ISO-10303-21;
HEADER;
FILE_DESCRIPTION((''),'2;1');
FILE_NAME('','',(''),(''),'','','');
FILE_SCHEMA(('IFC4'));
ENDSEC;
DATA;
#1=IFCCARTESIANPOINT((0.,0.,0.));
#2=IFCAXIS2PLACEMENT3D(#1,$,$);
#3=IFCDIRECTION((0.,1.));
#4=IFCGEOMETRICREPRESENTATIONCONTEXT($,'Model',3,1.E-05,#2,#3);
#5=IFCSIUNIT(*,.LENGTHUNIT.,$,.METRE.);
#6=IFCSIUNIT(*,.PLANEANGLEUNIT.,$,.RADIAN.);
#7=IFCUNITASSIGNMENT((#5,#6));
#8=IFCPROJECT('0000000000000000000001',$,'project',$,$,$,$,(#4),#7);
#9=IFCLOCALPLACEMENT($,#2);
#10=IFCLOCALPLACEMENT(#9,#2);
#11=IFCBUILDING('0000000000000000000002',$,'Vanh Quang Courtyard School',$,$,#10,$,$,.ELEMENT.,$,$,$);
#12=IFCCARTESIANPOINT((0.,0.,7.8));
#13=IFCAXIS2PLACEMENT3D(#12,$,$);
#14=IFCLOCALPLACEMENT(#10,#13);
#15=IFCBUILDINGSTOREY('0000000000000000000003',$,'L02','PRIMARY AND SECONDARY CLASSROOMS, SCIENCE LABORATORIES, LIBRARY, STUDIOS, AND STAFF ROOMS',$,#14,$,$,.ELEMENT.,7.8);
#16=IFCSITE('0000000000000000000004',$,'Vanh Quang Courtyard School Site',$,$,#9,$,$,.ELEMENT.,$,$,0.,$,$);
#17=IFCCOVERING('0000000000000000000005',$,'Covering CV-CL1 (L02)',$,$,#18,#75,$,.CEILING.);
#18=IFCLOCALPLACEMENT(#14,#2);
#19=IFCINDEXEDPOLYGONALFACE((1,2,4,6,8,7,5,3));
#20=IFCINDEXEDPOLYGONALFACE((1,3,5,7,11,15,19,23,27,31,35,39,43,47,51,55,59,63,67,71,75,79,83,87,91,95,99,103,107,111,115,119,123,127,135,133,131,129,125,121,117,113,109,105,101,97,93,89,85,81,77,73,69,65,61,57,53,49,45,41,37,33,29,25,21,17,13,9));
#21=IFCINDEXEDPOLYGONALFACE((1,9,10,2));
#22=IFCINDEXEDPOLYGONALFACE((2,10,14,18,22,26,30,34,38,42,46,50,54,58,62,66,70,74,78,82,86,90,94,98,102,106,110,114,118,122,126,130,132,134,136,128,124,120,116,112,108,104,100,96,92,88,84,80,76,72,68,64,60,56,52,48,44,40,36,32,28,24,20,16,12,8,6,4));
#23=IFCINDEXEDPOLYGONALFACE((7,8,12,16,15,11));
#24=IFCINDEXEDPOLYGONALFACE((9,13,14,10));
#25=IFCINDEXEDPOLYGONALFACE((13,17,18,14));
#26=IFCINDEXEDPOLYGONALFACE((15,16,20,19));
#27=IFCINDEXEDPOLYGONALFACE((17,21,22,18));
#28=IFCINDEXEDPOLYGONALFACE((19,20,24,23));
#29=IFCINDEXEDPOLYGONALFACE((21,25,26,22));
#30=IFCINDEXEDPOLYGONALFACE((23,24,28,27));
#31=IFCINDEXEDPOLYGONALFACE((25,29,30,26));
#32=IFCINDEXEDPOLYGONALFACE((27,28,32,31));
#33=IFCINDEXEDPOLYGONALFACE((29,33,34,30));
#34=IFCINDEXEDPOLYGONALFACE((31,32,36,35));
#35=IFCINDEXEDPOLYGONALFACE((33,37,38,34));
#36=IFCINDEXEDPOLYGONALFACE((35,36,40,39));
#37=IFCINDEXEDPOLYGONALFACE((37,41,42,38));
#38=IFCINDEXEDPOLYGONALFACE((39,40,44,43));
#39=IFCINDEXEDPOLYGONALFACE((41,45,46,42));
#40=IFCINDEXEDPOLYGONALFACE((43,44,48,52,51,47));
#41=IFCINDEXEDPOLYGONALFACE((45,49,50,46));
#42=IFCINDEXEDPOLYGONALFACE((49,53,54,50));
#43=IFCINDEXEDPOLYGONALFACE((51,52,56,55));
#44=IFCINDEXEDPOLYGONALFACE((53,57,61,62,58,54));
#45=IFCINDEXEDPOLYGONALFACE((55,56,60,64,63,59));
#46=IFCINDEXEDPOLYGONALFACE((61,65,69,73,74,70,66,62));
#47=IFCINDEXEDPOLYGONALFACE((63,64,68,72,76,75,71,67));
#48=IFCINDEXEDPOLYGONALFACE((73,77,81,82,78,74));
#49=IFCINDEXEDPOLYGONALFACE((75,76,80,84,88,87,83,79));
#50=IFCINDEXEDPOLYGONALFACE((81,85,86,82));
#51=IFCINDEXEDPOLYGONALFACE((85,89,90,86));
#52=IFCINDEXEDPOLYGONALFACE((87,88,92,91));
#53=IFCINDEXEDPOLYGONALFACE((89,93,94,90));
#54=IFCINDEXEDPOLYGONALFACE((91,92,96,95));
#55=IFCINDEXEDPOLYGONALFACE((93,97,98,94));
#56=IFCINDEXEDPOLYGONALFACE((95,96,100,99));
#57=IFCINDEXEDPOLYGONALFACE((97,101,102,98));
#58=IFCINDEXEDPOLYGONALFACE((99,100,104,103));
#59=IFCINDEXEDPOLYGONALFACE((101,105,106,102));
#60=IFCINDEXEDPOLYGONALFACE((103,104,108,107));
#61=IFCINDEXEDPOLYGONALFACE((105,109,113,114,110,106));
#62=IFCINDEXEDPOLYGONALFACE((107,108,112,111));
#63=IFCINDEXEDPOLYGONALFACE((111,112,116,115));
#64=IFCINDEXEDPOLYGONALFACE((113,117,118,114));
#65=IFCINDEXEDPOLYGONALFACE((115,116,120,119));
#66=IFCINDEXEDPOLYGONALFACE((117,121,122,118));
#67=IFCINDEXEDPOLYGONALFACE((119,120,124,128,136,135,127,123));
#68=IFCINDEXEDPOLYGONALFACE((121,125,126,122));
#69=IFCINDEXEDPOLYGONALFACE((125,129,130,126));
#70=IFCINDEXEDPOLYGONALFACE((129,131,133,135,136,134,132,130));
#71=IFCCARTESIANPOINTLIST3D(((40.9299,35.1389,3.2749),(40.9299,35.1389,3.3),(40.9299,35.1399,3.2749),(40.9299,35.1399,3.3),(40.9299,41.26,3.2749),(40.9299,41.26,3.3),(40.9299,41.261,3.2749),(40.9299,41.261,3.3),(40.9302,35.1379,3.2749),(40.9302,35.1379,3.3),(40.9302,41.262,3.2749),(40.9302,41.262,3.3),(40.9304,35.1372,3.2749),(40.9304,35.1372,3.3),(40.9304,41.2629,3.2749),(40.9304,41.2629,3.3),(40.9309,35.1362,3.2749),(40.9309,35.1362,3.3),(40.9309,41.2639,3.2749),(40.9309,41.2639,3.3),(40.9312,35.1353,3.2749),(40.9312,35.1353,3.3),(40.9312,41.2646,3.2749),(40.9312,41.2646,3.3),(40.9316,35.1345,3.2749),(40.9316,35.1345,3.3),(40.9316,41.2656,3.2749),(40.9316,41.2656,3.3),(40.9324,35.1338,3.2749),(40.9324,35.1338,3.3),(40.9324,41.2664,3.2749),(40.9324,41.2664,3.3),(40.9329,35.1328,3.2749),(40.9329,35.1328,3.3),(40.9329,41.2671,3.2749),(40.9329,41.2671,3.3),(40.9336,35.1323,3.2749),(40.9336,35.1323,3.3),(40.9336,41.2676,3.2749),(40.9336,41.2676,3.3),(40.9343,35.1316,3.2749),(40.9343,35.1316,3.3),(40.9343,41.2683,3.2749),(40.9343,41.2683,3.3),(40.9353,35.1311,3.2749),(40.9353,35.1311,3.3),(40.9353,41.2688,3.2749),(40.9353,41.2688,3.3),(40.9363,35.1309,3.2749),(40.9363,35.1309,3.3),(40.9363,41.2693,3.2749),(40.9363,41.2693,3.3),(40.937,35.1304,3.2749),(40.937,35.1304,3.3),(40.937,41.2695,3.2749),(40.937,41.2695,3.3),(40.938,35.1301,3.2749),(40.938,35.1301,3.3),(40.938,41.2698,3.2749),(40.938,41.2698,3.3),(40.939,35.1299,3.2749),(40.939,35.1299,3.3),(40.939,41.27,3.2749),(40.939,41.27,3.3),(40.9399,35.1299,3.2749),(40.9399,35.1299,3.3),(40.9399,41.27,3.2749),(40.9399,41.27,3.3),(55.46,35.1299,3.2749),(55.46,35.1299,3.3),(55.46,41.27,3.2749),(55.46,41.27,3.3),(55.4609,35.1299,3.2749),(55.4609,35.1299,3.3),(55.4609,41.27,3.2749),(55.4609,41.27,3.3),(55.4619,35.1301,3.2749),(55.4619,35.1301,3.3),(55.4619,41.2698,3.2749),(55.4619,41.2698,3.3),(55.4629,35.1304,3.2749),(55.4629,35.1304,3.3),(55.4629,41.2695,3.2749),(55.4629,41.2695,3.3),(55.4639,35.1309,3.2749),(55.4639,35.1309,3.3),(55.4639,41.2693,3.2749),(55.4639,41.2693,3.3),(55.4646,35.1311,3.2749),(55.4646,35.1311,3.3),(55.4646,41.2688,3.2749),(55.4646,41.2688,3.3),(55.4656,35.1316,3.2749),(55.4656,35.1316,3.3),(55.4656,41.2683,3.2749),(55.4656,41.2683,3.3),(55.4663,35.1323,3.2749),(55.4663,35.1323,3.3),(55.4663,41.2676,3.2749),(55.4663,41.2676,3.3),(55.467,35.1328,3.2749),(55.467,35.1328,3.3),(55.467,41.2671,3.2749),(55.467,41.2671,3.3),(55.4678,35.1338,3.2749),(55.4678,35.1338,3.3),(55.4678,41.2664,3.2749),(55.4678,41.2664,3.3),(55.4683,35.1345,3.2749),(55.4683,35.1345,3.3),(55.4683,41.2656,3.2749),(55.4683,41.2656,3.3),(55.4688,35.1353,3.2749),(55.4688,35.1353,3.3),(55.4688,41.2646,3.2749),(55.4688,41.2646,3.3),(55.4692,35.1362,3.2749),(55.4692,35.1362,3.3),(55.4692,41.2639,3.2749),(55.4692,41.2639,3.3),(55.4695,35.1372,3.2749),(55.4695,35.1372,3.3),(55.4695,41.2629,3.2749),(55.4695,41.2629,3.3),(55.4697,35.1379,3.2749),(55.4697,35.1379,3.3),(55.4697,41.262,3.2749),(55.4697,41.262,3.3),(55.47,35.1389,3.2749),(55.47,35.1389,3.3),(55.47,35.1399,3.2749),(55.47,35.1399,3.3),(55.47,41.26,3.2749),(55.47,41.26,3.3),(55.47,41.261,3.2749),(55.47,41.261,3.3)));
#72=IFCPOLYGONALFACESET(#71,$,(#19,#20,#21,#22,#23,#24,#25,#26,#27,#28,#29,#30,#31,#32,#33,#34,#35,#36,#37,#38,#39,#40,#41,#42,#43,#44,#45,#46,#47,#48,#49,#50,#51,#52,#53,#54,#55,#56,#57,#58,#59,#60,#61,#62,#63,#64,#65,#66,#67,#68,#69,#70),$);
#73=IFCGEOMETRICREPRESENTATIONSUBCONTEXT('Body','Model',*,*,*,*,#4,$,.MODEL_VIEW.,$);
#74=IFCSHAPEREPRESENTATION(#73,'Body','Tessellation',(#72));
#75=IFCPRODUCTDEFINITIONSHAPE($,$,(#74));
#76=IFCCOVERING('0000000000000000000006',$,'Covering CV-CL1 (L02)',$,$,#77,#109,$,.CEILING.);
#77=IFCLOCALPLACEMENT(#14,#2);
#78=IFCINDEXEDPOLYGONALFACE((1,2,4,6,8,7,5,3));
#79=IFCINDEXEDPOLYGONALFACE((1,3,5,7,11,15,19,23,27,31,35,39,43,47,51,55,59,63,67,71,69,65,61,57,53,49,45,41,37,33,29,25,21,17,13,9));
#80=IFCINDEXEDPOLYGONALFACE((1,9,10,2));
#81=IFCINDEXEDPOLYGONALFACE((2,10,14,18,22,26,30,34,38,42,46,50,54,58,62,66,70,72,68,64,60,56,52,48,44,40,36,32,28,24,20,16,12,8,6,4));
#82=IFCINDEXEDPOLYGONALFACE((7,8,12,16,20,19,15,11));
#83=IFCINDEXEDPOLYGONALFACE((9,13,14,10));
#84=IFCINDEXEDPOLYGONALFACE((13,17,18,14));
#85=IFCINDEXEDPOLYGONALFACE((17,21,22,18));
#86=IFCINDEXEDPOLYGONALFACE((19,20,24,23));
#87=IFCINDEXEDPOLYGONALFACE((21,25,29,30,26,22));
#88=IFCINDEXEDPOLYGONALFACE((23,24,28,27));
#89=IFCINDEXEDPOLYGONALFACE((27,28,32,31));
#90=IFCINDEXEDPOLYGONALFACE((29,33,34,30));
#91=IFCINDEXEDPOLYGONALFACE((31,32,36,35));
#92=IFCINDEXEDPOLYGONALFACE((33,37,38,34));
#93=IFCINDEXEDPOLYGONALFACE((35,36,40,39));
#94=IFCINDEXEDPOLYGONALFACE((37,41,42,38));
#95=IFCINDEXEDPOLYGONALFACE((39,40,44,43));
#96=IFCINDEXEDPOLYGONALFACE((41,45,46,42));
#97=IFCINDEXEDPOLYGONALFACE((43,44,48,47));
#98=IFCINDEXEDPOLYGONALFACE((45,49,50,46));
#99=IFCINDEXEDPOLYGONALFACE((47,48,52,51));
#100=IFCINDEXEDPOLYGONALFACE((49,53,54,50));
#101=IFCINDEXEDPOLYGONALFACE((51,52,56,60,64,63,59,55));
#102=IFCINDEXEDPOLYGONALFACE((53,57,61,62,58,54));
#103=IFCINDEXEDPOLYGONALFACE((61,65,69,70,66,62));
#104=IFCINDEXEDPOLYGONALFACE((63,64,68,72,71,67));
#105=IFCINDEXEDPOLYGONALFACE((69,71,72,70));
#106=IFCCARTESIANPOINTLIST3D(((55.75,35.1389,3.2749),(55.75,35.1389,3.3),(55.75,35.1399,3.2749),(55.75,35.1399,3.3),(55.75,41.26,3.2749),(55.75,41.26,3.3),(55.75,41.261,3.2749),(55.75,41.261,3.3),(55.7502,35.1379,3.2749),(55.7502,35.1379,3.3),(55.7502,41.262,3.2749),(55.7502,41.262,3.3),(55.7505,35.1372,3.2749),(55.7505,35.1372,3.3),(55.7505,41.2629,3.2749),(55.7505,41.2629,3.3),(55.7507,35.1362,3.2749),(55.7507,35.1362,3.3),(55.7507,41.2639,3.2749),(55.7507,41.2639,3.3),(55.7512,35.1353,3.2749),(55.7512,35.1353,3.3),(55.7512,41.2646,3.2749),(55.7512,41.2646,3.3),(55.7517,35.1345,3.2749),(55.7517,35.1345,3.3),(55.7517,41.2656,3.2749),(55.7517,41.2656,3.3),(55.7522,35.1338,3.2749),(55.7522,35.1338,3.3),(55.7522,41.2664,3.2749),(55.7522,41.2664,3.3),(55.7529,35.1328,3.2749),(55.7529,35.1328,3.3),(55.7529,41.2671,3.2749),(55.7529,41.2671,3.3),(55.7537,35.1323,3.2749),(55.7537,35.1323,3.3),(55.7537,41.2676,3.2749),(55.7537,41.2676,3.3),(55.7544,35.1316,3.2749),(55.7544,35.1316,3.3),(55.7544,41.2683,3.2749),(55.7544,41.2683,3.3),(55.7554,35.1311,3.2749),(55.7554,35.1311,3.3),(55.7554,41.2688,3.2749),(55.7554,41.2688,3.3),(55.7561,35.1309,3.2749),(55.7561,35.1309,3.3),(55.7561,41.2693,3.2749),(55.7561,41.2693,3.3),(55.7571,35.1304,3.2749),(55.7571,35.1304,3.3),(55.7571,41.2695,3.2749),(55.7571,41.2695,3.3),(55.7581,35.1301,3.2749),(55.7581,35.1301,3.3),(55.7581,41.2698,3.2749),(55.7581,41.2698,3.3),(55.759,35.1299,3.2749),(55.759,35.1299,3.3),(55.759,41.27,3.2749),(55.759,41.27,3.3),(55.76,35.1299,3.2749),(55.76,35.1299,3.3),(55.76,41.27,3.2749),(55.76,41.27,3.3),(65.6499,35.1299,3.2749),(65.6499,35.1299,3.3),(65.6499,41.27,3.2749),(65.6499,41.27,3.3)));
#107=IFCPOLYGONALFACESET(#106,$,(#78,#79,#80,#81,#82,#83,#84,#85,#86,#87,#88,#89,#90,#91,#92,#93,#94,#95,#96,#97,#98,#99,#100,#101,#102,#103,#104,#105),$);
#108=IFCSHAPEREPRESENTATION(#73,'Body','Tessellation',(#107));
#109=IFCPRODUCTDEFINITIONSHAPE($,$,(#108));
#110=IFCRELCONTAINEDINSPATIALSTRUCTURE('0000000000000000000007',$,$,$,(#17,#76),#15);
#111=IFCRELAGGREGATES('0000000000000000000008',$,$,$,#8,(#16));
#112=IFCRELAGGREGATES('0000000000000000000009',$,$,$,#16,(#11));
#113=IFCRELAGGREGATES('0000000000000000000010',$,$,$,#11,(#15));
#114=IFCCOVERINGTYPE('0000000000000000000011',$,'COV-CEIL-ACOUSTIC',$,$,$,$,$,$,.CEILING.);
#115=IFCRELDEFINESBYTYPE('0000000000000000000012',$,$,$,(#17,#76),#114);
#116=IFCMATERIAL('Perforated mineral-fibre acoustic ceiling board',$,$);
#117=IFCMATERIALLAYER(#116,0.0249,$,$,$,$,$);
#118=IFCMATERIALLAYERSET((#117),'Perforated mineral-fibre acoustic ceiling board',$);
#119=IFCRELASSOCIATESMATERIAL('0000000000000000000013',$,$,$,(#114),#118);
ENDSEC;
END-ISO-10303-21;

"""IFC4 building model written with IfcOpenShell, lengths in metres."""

from ifc_helpers import new_model, si_unit, direction, frame, origin, place, context, subcontext, project, spatial, polyline, outline, extrude, material, layer, layer_set, type_object, element, save


model = new_model("IFC4")

# Units and contexts
model_context = context("Model", 3, precision=1e-05, world=origin(), true_north=direction((0.0, 1.0)))
body_context = subcontext(model_context, "Body", "Model", "MODEL_VIEW")
ifc_project = project(units=[si_unit("LENGTHUNIT", "METRE"), si_unit("PLANEANGLEUNIT", "RADIAN")], contexts=[model_context])

# Site, building, storey
site_placement = place(None, origin())
site = spatial("IfcSite", under=ifc_project, at=site_placement, Name="Vanh Quang Courtyard School Site", CompositionType="ELEMENT", RefElevation=0.0)
building_placement = place(site_placement, origin())
building = spatial("IfcBuilding", under=site, at=building_placement, Name="Vanh Quang Courtyard School", CompositionType="ELEMENT")
storey_placement = place(building_placement, frame((0.0, 0.0, 7.8)))
storey = spatial("IfcBuildingStorey", under=building, at=storey_placement, Name="L02", Description="PRIMARY AND SECONDARY CLASSROOMS, SCIENCE LABORATORIES, LIBRARY, STUDIOS, AND STAFF ROOMS", CompositionType="ELEMENT", Elevation=7.8)

# Coverings
ifc_material_1 = material(Name="Perforated mineral-fibre acoustic ceiling board")
ifc_layer_1 = layer(ifc_material_1, 0.0249)
ifc_layer_set_1 = layer_set([ifc_layer_1], Name="Perforated mineral-fibre acoustic ceiling board")
covering_type_1 = type_object("IfcCoveringType", Name="COV-CEIL-ACOUSTIC", PredefinedType="CEILING", material=ifc_layer_set_1)
covering_1_placement = place(storey_placement, frame((0.0, 0.0, 3.2749)))
element("IfcCovering", 1, at=covering_1_placement, inside=storey, type_object=covering_type_1, Name="Covering CV-CL1 (L02)", PredefinedType="CEILING", context=body_context, shape_type="SweptSolid", body=[
    extrude(outline(polyline([(55.47, 35.1399), (55.47, 35.1389), (55.4697, 35.1379), (55.4695, 35.1372), (55.4692, 35.1362), (55.4688, 35.1353), (55.4683, 35.1345), (55.4678, 35.1338), (55.467, 35.1328), (55.4663, 35.1323), (55.4656, 35.1316), (55.4646, 35.1311), (55.4639, 35.1309), (55.4629, 35.1304), (55.4619, 35.1301), (55.4609, 35.1299), (55.46, 35.1299), (40.9399, 35.1299), (40.939, 35.1299), (40.938, 35.1301), (40.937, 35.1304), (40.9363, 35.1309), (40.9353, 35.1311), (40.9343, 35.1316), (40.9336, 35.1323), (40.9329, 35.1328), (40.9324, 35.1338), (40.9316, 35.1345), (40.9312, 35.1353), (40.9309, 35.1362), (40.9304, 35.1372), (40.9302, 35.1379), (40.9299, 35.1389), (40.9299, 35.1399), (40.9299, 41.26), (40.9299, 41.261), (40.9302, 41.262), (40.9304, 41.2629), (40.9309, 41.2639), (40.9312, 41.2646), (40.9316, 41.2656), (40.9324, 41.2664), (40.9329, 41.2671), (40.9336, 41.2676), (40.9343, 41.2683), (40.9353, 41.2688), (40.9363, 41.2693), (40.937, 41.2695), (40.938, 41.2698), (40.939, 41.27), (40.9399, 41.27), (55.46, 41.27), (55.4609, 41.27), (55.4619, 41.2698), (55.4629, 41.2695), (55.4639, 41.2693), (55.4646, 41.2688), (55.4656, 41.2683), (55.4663, 41.2676), (55.467, 41.2671), (55.4678, 41.2664), (55.4683, 41.2656), (55.4688, 41.2646), (55.4692, 41.2639), (55.4695, 41.2629), (55.4697, 41.262), (55.47, 41.261), (55.47, 41.26), (55.47, 35.1399)])), origin(), (0.0, 0.0, 1.0), 0.0251),
])
covering_2_placement = place(storey_placement, frame((0.0, 0.0, 3.2749)))
element("IfcCovering", 2, at=covering_2_placement, inside=storey, type_object=covering_type_1, Name="Covering CV-CL1 (L02)", PredefinedType="CEILING", context=body_context, shape_type="SweptSolid", body=[
    extrude(outline(polyline([(55.76, 35.1299), (55.759, 35.1299), (55.7581, 35.1301), (55.7571, 35.1304), (55.7561, 35.1309), (55.7554, 35.1311), (55.7544, 35.1316), (55.7537, 35.1323), (55.7529, 35.1328), (55.7522, 35.1338), (55.7517, 35.1345), (55.7512, 35.1353), (55.7507, 35.1362), (55.7505, 35.1372), (55.7502, 35.1379), (55.75, 35.1389), (55.75, 35.1399), (55.75, 41.26), (55.75, 41.261), (55.7502, 41.262), (55.7505, 41.2629), (55.7507, 41.2639), (55.7512, 41.2646), (55.7517, 41.2656), (55.7522, 41.2664), (55.7529, 41.2671), (55.7537, 41.2676), (55.7544, 41.2683), (55.7554, 41.2688), (55.7561, 41.2693), (55.7571, 41.2695), (55.7581, 41.2698), (55.759, 41.27), (55.76, 41.27), (65.6499, 41.27), (65.6499, 35.1299), (55.76, 35.1299)])), origin(), (0.0, 0.0, 1.0), 0.0251),
])

save(model, "model.ifc")
